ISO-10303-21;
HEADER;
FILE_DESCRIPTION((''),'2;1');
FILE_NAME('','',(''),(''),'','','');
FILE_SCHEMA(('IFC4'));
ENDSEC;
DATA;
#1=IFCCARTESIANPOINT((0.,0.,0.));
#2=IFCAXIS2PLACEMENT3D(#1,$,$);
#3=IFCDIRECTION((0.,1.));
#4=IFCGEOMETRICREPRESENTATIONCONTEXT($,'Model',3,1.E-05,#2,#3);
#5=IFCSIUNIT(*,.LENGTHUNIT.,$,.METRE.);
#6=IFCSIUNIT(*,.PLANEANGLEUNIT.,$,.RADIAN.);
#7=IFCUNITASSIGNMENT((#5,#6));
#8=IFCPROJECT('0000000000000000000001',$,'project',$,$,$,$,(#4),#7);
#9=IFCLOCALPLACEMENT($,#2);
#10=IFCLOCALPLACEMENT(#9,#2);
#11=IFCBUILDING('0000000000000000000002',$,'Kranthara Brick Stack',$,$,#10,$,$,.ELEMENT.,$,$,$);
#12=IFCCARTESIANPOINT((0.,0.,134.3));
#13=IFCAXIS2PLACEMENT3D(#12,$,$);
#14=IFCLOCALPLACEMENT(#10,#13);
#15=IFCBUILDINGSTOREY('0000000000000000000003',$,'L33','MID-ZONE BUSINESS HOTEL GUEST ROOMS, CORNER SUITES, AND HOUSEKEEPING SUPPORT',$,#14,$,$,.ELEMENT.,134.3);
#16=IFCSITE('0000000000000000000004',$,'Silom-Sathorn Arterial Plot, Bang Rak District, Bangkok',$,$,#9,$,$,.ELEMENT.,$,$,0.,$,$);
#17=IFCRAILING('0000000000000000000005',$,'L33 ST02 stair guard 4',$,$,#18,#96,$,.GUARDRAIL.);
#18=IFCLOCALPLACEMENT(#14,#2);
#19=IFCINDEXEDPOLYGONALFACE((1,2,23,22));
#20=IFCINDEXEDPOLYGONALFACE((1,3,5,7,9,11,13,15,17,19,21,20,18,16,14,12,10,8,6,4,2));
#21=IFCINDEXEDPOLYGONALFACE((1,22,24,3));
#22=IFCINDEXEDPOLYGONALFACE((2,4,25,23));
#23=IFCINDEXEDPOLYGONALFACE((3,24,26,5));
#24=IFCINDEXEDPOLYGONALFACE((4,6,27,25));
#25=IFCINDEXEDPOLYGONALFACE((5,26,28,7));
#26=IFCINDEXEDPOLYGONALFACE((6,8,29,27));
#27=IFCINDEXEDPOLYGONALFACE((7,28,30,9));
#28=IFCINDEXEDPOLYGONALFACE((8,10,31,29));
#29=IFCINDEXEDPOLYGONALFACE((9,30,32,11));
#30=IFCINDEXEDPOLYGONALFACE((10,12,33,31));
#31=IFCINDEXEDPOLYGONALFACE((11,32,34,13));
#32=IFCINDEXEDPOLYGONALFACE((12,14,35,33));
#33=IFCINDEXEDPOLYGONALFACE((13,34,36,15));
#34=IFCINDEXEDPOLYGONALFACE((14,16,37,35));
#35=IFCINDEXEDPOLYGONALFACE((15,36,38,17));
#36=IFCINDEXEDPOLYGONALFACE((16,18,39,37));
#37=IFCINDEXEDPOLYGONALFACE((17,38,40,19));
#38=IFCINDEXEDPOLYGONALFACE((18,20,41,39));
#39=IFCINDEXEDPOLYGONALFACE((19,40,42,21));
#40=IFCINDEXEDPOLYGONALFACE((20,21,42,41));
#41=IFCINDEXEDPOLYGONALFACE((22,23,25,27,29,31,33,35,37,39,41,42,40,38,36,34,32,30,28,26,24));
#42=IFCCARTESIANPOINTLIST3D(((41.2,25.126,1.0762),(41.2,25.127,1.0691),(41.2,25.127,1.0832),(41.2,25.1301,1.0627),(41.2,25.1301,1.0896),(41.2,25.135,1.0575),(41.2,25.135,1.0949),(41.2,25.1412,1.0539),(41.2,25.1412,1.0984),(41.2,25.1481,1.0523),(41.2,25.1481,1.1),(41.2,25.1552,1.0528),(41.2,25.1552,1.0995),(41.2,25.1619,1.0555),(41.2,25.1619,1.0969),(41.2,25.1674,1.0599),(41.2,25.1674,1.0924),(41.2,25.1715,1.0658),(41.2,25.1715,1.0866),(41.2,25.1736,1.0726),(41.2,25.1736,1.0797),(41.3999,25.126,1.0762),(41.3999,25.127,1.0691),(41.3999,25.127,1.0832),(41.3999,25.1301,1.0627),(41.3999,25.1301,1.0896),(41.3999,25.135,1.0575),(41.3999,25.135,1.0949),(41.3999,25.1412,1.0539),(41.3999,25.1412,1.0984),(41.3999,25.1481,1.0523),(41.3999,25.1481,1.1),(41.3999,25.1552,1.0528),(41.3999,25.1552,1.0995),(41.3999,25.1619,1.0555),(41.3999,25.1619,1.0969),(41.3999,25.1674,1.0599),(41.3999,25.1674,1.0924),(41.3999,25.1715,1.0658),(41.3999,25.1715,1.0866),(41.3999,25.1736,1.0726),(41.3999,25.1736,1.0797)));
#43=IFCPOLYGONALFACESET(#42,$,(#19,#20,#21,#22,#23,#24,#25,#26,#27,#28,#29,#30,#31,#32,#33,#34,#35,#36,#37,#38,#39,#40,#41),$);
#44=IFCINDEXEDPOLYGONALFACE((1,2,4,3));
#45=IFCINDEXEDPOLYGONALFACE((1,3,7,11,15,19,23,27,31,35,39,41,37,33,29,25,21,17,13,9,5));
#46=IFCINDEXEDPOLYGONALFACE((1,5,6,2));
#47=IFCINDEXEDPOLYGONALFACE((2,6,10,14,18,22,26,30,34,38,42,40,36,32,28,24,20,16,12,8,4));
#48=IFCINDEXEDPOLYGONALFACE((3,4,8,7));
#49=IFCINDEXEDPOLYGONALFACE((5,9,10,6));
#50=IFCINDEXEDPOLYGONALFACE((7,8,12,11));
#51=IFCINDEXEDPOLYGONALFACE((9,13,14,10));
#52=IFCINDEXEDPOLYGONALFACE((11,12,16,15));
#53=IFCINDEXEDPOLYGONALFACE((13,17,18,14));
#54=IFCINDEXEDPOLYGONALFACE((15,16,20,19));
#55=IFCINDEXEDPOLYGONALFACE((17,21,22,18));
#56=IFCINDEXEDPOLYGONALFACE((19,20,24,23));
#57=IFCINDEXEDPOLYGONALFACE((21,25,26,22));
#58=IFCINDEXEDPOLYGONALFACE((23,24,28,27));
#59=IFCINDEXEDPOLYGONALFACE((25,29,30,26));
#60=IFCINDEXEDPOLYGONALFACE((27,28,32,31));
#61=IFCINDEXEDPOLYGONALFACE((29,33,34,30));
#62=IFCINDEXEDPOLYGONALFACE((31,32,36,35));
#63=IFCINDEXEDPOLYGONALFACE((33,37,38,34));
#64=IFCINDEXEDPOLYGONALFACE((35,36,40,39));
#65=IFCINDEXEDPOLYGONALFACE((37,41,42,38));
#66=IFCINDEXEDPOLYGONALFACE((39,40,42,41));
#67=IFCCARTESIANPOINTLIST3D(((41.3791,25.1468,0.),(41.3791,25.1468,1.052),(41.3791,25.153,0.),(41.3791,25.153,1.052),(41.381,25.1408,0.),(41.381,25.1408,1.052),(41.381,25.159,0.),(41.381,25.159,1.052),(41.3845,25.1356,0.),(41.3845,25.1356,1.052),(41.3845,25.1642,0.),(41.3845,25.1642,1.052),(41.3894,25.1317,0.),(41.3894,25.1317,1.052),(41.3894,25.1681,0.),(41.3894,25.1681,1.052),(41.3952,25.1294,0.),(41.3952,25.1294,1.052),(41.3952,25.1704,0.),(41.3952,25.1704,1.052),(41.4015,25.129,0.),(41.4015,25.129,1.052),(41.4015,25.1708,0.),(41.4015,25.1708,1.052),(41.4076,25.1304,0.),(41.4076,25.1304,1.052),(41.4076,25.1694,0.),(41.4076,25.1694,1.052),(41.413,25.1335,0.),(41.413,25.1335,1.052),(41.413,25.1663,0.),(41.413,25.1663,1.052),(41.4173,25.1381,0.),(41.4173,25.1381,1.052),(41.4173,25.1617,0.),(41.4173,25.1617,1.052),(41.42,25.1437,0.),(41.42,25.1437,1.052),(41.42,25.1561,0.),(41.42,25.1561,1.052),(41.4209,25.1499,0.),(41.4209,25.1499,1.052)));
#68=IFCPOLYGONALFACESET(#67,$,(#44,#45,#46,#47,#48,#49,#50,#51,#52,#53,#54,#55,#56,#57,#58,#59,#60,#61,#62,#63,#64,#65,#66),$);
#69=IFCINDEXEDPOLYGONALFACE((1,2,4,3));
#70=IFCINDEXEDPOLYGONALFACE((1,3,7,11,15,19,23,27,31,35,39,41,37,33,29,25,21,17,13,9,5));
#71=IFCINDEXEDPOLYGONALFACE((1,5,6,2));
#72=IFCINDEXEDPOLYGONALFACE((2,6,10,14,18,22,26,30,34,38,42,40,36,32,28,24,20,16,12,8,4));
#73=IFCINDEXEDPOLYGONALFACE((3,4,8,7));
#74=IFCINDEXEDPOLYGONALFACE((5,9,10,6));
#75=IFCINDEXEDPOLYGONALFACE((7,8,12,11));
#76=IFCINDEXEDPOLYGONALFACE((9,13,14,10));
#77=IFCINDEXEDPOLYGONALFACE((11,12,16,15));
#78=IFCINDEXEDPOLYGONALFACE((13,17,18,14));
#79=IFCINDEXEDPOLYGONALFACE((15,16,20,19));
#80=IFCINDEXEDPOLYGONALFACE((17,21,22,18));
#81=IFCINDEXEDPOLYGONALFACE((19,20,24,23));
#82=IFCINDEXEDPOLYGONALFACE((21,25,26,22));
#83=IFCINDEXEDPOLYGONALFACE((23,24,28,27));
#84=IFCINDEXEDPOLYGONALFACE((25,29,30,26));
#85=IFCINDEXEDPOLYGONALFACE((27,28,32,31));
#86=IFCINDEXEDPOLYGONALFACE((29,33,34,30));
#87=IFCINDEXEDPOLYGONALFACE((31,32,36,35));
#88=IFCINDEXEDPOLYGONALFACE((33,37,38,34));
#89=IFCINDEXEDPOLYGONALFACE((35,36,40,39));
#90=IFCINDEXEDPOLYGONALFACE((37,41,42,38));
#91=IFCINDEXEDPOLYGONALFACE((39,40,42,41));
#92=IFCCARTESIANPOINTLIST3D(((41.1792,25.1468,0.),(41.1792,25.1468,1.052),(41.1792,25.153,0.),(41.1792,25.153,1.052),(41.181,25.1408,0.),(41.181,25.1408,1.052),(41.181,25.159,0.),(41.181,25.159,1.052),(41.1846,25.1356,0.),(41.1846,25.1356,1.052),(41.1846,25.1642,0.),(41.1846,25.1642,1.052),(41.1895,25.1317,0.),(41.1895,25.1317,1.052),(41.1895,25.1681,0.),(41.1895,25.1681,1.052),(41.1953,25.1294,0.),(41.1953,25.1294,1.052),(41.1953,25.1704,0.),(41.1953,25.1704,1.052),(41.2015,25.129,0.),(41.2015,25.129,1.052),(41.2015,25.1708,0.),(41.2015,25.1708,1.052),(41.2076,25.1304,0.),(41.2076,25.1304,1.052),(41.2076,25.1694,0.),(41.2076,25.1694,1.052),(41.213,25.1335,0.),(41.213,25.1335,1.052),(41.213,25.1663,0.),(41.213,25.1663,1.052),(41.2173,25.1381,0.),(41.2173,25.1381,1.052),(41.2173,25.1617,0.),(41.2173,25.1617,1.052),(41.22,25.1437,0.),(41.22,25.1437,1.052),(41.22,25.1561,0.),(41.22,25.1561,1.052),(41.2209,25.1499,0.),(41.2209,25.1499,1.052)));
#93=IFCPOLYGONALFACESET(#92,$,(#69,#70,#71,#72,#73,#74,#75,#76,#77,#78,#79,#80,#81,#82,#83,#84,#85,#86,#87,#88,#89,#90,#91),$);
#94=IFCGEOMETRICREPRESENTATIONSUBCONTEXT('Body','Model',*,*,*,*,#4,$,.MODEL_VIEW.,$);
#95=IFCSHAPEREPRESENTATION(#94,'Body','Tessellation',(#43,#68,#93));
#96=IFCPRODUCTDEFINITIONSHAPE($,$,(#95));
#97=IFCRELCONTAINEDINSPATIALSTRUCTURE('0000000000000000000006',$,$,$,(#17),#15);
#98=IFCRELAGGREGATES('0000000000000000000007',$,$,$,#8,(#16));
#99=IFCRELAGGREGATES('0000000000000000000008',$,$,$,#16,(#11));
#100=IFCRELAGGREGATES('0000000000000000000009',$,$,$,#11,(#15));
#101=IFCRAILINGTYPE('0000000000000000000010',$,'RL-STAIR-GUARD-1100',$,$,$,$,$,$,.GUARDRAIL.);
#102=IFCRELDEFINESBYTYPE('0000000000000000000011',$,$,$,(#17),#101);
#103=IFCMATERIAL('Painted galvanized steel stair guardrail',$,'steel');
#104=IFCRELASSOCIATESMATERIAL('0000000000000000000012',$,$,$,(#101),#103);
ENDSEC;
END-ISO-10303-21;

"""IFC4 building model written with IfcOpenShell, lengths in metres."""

from ifc_helpers import new_model, si_unit, direction, frame, origin, origin_2d, place, context, subcontext, project, spatial, circle, extrude, material, type_object, element, save


model = new_model("IFC4")

# Units and contexts
model_context = context("Model", 3, precision=1e-05, world=origin(), true_north=direction((0.0, 1.0)))
body_context = subcontext(model_context, "Body", "Model", "MODEL_VIEW")
ifc_project = project(units=[si_unit("LENGTHUNIT", "METRE"), si_unit("PLANEANGLEUNIT", "RADIAN")], contexts=[model_context])

# Site, building, storey
site_placement = place(None, origin())
site = spatial("IfcSite", under=ifc_project, at=site_placement, Name="Silom-Sathorn Arterial Plot, Bang Rak District, Bangkok", CompositionType="ELEMENT", RefElevation=0.0)
building_placement = place(site_placement, origin())
building = spatial("IfcBuilding", under=site, at=building_placement, Name="Kranthara Brick Stack", CompositionType="ELEMENT")
storey_placement = place(building_placement, frame((0.0, 0.0, 134.3)))
storey = spatial("IfcBuildingStorey", under=building, at=storey_placement, Name="L33", Description="MID-ZONE BUSINESS HOTEL GUEST ROOMS, CORNER SUITES, AND HOUSEKEEPING SUPPORT", CompositionType="ELEMENT", Elevation=134.3)

# Railing
ifc_material_1 = material(Name="Painted galvanized steel stair guardrail", Category="steel")
railing_type_1 = type_object("IfcRailingType", Name="RL-STAIR-GUARD-1100", PredefinedType="GUARDRAIL", material=ifc_material_1)
railing_1_placement = place(storey_placement, frame((41.3999, 25.1499, 0.0)))
element("IfcRailing", 1, at=railing_1_placement, inside=storey, type_object=railing_type_1, Name="L33 ST02 stair guard 4", PredefinedType="GUARDRAIL", context=body_context, shape_type="SweptSolid", body=[
    extrude(circle(Radius=0.0239, at=origin_2d()), frame((0.0, 0.0, 1.0762), z_axis=(-1.0, 0.0, 0.0), x_axis=(0.0, -1.0, 0.0)), (0.0, 0.0, 1.0), 0.2),
    extrude(circle(Radius=0.021, at=origin_2d()), origin(), (0.0, 0.0, 1.0), 1.052),
    extrude(circle(Radius=0.021, at=origin_2d()), frame((-0.2, 0.0, 0.0)), (0.0, 0.0, 1.0), 1.052),
])

save(model, "model.ifc")
